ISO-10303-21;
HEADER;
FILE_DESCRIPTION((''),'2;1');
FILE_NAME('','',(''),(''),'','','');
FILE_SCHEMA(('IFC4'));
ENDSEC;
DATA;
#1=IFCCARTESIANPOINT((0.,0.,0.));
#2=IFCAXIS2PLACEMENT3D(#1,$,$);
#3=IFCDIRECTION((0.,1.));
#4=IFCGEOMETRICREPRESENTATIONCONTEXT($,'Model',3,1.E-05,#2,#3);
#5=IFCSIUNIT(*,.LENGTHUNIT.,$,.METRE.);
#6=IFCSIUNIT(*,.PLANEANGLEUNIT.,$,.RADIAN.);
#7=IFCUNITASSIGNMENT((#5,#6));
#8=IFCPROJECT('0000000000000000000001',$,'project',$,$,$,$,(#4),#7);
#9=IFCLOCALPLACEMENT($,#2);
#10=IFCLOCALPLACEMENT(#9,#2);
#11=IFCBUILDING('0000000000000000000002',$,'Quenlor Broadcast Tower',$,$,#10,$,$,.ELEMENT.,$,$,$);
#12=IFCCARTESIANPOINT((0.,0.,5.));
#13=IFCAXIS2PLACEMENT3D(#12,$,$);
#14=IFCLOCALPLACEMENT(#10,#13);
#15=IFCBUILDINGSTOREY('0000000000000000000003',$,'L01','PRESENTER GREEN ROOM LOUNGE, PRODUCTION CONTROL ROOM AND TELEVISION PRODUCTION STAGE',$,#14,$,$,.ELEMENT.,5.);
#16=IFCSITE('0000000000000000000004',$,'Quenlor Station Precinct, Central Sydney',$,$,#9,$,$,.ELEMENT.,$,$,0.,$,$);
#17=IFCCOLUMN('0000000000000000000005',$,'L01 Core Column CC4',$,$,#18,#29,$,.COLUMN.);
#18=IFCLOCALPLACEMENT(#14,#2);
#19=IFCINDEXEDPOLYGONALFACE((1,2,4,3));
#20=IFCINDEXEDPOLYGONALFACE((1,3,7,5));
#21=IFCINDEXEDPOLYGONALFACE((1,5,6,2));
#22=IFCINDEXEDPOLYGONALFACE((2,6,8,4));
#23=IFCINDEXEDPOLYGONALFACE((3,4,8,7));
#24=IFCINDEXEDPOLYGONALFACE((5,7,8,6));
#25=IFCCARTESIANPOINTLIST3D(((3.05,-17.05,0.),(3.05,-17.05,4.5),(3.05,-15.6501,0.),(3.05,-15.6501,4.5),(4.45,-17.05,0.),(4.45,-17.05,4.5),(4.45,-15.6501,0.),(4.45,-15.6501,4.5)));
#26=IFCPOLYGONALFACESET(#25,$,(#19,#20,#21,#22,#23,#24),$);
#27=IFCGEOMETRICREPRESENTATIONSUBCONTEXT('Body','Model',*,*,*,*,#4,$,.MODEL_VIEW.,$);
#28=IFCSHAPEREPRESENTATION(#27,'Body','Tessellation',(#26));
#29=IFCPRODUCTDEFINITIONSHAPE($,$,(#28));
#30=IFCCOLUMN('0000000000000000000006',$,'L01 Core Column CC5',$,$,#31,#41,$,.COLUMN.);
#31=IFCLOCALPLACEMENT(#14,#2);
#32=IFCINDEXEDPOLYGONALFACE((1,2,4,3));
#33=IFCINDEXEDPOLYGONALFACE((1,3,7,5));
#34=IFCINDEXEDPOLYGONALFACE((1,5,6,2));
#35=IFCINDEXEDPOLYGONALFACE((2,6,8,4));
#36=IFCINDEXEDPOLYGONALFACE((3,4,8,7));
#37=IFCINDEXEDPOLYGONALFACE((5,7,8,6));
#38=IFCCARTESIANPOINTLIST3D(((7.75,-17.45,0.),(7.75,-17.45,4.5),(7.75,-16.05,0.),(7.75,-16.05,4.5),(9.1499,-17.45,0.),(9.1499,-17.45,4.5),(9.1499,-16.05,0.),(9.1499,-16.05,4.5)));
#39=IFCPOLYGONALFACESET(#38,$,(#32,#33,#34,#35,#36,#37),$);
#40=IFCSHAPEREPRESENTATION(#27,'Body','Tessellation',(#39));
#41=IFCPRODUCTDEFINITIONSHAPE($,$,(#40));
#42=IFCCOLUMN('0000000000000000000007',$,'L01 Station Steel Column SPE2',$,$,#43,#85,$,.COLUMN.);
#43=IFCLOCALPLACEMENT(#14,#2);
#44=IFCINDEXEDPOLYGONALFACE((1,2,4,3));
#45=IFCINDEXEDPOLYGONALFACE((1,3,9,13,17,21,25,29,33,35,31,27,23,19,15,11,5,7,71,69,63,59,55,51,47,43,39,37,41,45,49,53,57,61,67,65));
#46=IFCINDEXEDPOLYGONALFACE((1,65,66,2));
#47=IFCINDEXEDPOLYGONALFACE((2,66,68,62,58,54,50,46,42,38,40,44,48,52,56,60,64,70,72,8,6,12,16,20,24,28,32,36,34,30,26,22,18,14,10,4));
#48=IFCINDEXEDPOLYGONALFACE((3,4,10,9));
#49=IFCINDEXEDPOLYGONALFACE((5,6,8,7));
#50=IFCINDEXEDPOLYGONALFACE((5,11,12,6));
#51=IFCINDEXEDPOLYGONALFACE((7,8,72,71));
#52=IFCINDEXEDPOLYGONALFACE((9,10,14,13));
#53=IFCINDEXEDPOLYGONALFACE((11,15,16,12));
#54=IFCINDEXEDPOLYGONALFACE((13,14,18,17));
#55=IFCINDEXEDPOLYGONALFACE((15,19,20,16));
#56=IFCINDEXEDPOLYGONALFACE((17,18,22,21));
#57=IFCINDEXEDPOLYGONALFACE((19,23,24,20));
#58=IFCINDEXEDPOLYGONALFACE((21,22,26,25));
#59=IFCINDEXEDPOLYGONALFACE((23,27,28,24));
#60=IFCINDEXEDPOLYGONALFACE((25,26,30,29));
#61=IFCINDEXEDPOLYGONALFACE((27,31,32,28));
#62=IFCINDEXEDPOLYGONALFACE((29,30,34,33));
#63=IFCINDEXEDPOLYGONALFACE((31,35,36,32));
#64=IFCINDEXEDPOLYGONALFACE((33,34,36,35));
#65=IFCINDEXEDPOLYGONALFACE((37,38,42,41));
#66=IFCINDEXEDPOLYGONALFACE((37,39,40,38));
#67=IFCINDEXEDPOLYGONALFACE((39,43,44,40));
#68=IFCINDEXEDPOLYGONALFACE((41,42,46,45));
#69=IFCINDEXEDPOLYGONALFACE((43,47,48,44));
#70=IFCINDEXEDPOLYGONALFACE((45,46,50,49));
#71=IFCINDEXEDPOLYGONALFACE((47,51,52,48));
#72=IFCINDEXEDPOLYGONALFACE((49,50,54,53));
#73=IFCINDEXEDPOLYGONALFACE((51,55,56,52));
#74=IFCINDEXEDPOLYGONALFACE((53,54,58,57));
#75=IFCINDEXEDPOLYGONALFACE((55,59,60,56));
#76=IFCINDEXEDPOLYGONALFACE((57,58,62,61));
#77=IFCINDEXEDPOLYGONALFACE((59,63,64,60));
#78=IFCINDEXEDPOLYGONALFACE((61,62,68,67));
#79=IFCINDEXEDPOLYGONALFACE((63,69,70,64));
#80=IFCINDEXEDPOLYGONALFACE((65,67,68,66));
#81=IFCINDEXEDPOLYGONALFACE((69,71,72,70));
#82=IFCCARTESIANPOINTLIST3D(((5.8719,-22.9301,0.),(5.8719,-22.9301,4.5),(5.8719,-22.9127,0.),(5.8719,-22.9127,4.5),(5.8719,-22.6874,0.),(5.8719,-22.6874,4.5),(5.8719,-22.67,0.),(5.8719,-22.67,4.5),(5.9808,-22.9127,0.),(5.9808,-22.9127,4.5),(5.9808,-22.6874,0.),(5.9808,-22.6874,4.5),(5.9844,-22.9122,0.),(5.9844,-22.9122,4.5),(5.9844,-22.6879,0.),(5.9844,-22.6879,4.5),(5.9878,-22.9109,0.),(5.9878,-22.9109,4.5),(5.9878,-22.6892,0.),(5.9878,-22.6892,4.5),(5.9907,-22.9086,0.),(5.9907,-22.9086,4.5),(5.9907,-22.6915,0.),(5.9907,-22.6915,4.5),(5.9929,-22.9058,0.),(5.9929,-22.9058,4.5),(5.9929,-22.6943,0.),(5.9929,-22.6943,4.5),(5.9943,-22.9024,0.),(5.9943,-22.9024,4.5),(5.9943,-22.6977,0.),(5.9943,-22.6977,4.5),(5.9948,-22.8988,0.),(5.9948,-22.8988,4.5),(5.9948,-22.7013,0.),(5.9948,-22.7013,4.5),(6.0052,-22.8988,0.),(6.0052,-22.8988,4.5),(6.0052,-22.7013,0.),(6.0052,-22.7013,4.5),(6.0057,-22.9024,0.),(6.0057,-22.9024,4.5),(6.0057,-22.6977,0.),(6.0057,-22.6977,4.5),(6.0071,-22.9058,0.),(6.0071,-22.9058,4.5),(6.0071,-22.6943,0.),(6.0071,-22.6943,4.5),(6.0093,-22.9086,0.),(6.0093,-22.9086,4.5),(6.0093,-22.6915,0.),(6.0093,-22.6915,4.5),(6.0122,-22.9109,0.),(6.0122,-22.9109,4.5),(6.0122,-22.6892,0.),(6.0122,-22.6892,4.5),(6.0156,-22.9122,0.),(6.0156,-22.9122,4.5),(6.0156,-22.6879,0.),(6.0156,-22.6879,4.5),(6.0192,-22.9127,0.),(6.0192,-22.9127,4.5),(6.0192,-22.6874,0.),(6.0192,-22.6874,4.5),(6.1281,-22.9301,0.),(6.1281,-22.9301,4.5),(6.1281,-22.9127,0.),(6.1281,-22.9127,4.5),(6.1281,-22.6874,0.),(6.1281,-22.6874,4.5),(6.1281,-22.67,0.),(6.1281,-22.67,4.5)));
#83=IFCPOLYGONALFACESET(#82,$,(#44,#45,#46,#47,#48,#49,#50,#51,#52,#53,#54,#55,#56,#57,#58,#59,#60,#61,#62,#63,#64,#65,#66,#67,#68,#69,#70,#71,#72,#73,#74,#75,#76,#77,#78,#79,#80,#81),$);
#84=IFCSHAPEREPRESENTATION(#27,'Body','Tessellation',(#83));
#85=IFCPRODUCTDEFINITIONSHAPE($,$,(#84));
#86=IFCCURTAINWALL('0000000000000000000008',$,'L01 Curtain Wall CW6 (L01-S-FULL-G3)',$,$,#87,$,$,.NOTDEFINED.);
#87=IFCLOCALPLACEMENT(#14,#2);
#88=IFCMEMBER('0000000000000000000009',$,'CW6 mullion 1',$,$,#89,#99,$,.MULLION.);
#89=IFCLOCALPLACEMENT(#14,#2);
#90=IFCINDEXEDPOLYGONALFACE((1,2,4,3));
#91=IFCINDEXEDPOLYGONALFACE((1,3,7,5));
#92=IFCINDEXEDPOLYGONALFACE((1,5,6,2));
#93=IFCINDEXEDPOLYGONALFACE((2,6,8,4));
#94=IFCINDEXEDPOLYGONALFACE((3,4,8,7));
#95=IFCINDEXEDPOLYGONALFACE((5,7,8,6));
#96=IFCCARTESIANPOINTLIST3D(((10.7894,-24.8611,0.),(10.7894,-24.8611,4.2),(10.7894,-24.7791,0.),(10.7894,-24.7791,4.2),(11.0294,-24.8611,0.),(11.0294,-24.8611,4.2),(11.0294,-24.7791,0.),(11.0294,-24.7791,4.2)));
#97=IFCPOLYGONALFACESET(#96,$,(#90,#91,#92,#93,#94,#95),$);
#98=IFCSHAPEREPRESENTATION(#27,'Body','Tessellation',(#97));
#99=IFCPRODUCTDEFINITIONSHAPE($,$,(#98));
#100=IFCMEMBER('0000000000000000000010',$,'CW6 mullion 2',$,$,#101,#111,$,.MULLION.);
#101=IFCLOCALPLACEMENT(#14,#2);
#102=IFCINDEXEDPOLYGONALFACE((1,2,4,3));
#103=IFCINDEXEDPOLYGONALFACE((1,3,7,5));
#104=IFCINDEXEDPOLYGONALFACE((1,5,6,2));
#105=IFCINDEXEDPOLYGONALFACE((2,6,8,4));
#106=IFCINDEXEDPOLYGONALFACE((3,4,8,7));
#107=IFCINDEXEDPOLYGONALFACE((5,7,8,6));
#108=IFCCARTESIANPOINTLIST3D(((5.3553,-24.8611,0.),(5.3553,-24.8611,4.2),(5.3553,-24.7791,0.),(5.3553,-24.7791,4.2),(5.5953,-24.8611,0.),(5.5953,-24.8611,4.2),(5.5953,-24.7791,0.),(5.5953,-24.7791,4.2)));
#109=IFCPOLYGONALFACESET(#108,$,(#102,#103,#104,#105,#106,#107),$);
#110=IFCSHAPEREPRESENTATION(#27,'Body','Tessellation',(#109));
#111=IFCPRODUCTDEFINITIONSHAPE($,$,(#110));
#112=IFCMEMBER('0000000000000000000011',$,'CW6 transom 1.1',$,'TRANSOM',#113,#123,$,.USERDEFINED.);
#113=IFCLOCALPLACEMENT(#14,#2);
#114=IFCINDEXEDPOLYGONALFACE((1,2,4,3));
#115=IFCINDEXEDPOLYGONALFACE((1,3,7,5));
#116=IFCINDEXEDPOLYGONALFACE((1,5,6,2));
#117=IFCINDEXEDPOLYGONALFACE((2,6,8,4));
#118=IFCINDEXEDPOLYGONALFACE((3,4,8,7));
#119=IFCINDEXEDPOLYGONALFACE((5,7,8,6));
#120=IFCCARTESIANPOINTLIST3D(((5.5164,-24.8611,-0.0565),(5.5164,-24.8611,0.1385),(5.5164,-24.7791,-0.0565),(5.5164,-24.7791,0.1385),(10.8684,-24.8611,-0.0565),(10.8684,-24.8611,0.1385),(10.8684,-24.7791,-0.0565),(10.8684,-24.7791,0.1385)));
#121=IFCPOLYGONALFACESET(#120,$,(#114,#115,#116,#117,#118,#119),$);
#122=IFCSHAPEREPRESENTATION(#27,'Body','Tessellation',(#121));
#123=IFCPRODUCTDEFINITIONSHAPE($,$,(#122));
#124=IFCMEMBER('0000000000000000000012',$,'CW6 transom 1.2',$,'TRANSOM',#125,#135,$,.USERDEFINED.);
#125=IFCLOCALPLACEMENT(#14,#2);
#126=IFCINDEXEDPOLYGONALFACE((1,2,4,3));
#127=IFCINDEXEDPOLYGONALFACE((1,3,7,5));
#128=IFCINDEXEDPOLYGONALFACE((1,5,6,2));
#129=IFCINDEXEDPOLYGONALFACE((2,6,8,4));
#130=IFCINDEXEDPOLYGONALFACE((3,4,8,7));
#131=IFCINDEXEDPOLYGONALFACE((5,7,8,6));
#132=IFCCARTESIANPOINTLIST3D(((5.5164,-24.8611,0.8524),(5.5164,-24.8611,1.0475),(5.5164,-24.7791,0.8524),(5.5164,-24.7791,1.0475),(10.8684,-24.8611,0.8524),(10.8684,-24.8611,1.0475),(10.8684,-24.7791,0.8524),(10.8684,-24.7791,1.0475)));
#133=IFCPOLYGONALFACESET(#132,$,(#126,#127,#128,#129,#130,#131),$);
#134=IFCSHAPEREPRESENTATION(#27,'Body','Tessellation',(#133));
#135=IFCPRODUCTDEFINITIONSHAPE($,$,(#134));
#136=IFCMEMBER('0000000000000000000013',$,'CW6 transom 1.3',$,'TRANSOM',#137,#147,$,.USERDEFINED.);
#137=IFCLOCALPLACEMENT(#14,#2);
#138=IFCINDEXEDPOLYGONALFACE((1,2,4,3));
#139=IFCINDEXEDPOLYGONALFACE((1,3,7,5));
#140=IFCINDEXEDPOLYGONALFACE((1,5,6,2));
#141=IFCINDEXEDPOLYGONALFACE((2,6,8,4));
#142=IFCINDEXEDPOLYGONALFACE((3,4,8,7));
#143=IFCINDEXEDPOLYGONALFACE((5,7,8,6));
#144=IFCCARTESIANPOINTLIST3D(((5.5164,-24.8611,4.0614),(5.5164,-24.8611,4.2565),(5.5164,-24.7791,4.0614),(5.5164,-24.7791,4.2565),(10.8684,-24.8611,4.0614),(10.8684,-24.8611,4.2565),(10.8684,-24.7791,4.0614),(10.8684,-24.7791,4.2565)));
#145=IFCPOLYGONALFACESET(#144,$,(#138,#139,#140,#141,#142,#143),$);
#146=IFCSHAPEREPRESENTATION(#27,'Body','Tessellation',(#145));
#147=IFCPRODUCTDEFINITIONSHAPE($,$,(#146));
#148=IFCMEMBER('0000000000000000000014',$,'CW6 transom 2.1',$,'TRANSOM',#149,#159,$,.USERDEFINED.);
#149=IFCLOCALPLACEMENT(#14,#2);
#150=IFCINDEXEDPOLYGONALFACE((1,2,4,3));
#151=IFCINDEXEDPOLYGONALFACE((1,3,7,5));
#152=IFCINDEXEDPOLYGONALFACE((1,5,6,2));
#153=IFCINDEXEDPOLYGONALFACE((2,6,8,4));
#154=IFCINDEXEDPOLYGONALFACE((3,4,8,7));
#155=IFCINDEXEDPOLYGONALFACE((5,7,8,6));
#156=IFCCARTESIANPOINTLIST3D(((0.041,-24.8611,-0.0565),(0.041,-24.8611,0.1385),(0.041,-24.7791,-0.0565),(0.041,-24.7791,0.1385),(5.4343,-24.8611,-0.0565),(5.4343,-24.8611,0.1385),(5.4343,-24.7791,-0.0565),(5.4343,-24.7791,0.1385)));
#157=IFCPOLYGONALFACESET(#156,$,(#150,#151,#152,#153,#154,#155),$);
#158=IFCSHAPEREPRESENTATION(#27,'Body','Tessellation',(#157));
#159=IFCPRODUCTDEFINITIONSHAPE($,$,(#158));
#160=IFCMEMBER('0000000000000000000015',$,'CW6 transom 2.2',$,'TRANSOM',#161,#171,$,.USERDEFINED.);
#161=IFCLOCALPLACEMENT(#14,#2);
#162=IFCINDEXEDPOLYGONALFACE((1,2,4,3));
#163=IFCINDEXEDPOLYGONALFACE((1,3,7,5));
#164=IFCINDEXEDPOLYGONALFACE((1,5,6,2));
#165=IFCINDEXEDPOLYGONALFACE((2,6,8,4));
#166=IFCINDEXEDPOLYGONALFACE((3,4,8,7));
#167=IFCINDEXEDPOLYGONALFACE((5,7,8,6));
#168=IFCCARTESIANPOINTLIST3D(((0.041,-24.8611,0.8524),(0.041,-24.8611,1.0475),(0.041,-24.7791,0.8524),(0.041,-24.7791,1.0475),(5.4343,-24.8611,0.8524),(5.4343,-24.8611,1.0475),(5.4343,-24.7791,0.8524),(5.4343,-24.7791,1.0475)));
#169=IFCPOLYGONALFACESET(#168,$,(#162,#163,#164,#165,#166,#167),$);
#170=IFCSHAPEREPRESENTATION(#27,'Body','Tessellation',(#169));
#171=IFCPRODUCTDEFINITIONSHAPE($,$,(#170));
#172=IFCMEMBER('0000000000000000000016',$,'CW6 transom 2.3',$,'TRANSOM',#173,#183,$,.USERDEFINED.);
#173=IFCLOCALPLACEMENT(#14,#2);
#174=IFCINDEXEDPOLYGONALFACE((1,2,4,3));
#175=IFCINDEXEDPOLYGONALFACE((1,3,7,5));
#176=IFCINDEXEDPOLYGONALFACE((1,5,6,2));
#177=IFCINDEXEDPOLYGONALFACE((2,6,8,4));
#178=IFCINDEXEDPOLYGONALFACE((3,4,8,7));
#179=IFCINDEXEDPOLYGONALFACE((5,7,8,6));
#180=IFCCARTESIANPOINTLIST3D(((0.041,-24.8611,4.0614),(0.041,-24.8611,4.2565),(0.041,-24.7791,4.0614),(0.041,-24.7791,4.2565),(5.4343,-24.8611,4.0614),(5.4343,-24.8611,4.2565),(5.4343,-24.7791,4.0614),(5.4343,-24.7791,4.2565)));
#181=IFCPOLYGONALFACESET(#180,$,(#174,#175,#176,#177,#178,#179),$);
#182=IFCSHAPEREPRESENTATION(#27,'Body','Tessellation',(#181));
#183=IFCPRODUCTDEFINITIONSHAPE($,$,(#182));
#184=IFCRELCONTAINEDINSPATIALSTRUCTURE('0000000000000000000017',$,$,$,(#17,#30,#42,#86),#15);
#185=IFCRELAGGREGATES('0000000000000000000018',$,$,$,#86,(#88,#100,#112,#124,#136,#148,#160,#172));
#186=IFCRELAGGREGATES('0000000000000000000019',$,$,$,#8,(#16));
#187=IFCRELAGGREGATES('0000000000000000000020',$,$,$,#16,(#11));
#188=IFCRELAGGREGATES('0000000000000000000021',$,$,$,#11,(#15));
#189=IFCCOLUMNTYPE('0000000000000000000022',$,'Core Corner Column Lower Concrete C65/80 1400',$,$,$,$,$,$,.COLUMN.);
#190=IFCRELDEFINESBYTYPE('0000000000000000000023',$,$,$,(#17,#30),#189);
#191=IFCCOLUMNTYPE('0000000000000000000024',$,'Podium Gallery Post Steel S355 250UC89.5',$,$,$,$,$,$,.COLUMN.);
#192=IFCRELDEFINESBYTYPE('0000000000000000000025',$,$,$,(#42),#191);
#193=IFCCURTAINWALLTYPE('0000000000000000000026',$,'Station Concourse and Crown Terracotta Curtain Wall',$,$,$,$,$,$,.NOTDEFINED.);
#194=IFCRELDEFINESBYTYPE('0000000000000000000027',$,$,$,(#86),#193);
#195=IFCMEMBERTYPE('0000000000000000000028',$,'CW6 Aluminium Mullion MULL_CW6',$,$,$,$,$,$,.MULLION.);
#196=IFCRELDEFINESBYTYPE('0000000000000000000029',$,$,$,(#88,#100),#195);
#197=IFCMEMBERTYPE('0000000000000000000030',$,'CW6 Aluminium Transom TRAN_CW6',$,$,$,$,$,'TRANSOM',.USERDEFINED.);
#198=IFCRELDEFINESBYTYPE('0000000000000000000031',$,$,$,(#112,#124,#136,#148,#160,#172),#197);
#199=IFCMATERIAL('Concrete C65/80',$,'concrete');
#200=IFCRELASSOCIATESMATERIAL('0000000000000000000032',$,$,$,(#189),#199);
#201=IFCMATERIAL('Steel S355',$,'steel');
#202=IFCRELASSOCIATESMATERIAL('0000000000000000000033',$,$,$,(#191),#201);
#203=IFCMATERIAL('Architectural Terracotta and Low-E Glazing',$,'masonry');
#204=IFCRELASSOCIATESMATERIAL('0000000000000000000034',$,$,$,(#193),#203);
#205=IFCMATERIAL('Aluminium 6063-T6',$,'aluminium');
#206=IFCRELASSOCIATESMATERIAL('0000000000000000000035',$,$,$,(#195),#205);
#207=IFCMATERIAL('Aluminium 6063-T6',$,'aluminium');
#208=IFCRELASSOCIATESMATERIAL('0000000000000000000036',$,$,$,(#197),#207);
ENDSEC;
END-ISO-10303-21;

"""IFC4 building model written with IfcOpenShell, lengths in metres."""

from ifc_helpers import new_model, si_unit, direction, frame, origin, origin_2d, place, context, subcontext, project, spatial, rectangle, i_section, extrude, material, material_profile, profile_set, type_object, element, aggregate, save


model = new_model("IFC4")

# Units and contexts
model_context = context("Model", 3, precision=1e-05, world=origin(), true_north=direction((0.0, 1.0)))
body_context = subcontext(model_context, "Body", "Model", "MODEL_VIEW")
ifc_project = project(units=[si_unit("LENGTHUNIT", "METRE"), si_unit("PLANEANGLEUNIT", "RADIAN")], contexts=[model_context])

# Site, building, storey
site_placement = place(None, origin())
site = spatial("IfcSite", under=ifc_project, at=site_placement, Name="Quenlor Station Precinct, Central Sydney", CompositionType="ELEMENT", RefElevation=0.0)
building_placement = place(site_placement, origin())
building = spatial("IfcBuilding", under=site, at=building_placement, Name="Quenlor Broadcast Tower", CompositionType="ELEMENT")
storey_placement = place(building_placement, frame((0.0, 0.0, 5.0)))
storey = spatial("IfcBuildingStorey", under=building, at=storey_placement, Name="L01", Description="PRESENTER GREEN ROOM LOUNGE, PRODUCTION CONTROL ROOM AND TELEVISION PRODUCTION STAGE", CompositionType="ELEMENT", Elevation=5.0)

# Columns
ifc_material_1 = material(Name="Concrete C65/80", Category="concrete")
ifc_material_profile_1 = material_profile(ifc_material_1, rectangle(XDim=1.3999, YDim=1.3999, at=origin_2d()))
ifc_profile_set_1 = profile_set([ifc_material_profile_1], Name="Concrete C65/80 RC1400x1400")
column_type_1 = type_object("IfcColumnType", Name="Core Corner Column Lower Concrete C65/80 1400", PredefinedType="COLUMN", material=ifc_profile_set_1)
for number, where, z_axis, x_axis, name in (
    (1, (3.75, -16.3501, 0.0), (0.0, 0.0, 1.0), (1.0, 0.0, 0.0), "L01 Core Column CC4"),
    (2, (8.45, -16.75, 0.0), (0.0, 0.0, 1.0), (1.0, 0.0, 0.0), "L01 Core Column CC5"),
):
    element("IfcColumn", number, at=place(storey_placement, frame(where, z_axis=z_axis, x_axis=x_axis)), inside=storey, type_object=column_type_1, Name=name, PredefinedType="COLUMN", context=body_context, shape_type="SweptSolid", body=[
        extrude(rectangle(XDim=1.3999, YDim=1.3999, at=origin_2d()), origin(), (0.0, 0.0, 1.0), 4.5),
    ])
ifc_material_2 = material(Name="Steel S355", Category="steel")
ifc_material_profile_2 = material_profile(ifc_material_2, i_section(OverallWidth=0.2561, OverallDepth=0.26, WebThickness=0.0105, FlangeThickness=0.0173, FilletRadius=0.0139, at=origin_2d()))
ifc_profile_set_2 = profile_set([ifc_material_profile_2], Name="Steel S355 250UC89.5")
column_type_2 = type_object("IfcColumnType", Name="Podium Gallery Post Steel S355 250UC89.5", PredefinedType="COLUMN", material=ifc_profile_set_2)
column_placement = place(storey_placement, frame((6.0, -22.8, 0.0), z_axis=(0.0, 0.0, 1.0), x_axis=(1.0, 0.0, 0.0)))
element("IfcColumn", 3, at=column_placement, inside=storey, type_object=column_type_2, Name="L01 Station Steel Column SPE2", PredefinedType="COLUMN", context=body_context, shape_type="SweptSolid", body=[
    extrude(i_section(OverallWidth=0.2561, OverallDepth=0.26, WebThickness=0.0105, FlangeThickness=0.0173, FilletRadius=0.0139, at=origin_2d()), origin(), (0.0, 0.0, 1.0), 4.5),
])

# Curtain wall, members
ifc_material_3 = material(Name="Architectural Terracotta and Low-E Glazing", Category="masonry")
curtain_wall_type = type_object("IfcCurtainWallType", Name="Station Concourse and Crown Terracotta Curtain Wall", PredefinedType="NOTDEFINED", material=ifc_material_3)
curtain_wall_placement = place(storey_placement, origin())
curtain_wall = element("IfcCurtainWall", 4, at=curtain_wall_placement, inside=storey, type_object=curtain_wall_type, Name="L01 Curtain Wall CW6 (L01-S-FULL-G3)", PredefinedType="NOTDEFINED")
ifc_material_4 = material(Name="Aluminium 6063-T6", Category="aluminium")
ifc_material_profile_3 = material_profile(ifc_material_4, rectangle(XDim=0.082, YDim=0.24, at=origin_2d()))
ifc_profile_set_3 = profile_set([ifc_material_profile_3], Name="Aluminium 6063-T6 MULL82x240")
member_type_1 = type_object("IfcMemberType", Name="CW6 Aluminium Mullion MULL_CW6", PredefinedType="MULLION", material=ifc_profile_set_3)
member_1_placement = place(storey_placement, frame((10.9094, -24.8201, 0.0), z_axis=(0.0, 0.0, 1.0), x_axis=(0.0, -1.0, 0.0)))
member_1 = element("IfcMember", 5, at=member_1_placement, type_object=member_type_1, Name="CW6 mullion 1", PredefinedType="MULLION", context=body_context, shape_type="SweptSolid", body=[
    extrude(rectangle(XDim=0.082, YDim=0.24, at=origin_2d()), origin(), (0.0, 0.0, 1.0), 4.2),
])
member_2_placement = place(storey_placement, frame((5.4753, -24.8201, 0.0), z_axis=(0.0, 0.0, 1.0), x_axis=(0.0, -1.0, 0.0)))
member_2 = element("IfcMember", 6, at=member_2_placement, type_object=member_type_1, Name="CW6 mullion 2", PredefinedType="MULLION", context=body_context, shape_type="SweptSolid", body=[
    extrude(rectangle(XDim=0.082, YDim=0.24, at=origin_2d()), origin(), (0.0, 0.0, 1.0), 4.2),
])
ifc_material_5 = material(Name="Aluminium 6063-T6", Category="aluminium")
ifc_material_profile_4 = material_profile(ifc_material_5, rectangle(XDim=0.082, YDim=0.1951, at=origin_2d()))
ifc_profile_set_4 = profile_set([ifc_material_profile_4], Name="Aluminium 6063-T6 TRAN82x195")
member_type_2 = type_object("IfcMemberType", Name="CW6 Aluminium Transom TRAN_CW6", ElementType="TRANSOM", PredefinedType="USERDEFINED", material=ifc_profile_set_4)
member_3_placement = place(storey_placement, frame((10.8684, -24.8201, 0.041), z_axis=(-1.0, 0.0, 0.0), x_axis=(0.0, -1.0, 0.0)))
member_3 = element("IfcMember", 7, at=member_3_placement, type_object=member_type_2, Name="CW6 transom 1.1", ObjectType="TRANSOM", PredefinedType="USERDEFINED", context=body_context, shape_type="SweptSolid", body=[
    extrude(rectangle(XDim=0.082, YDim=0.1951, at=origin_2d()), origin(), (0.0, 0.0, 1.0), 5.3521),
])
member_4_placement = place(storey_placement, frame((10.8684, -24.8201, 0.95), z_axis=(-1.0, 0.0, 0.0), x_axis=(0.0, -1.0, 0.0)))
member_4 = element("IfcMember", 8, at=member_4_placement, type_object=member_type_2, Name="CW6 transom 1.2", ObjectType="TRANSOM", PredefinedType="USERDEFINED", context=body_context, shape_type="SweptSolid", body=[
    extrude(rectangle(XDim=0.082, YDim=0.1951, at=origin_2d()), origin(), (0.0, 0.0, 1.0), 5.3521),
])
member_5_placement = place(storey_placement, frame((10.8684, -24.8201, 4.1589), z_axis=(-1.0, 0.0, 0.0), x_axis=(0.0, -1.0, 0.0)))
member_5 = element("IfcMember", 9, at=member_5_placement, type_object=member_type_2, Name="CW6 transom 1.3", ObjectType="TRANSOM", PredefinedType="USERDEFINED", context=body_context, shape_type="SweptSolid", body=[
    extrude(rectangle(XDim=0.082, YDim=0.1951, at=origin_2d()), origin(), (0.0, 0.0, 1.0), 5.3521),
])
member_6_placement = place(storey_placement, frame((5.4343, -24.8201, 0.041), z_axis=(-1.0, 0.0, 0.0), x_axis=(0.0, -1.0, 0.0)))
member_6 = element("IfcMember", 10, at=member_6_placement, type_object=member_type_2, Name="CW6 transom 2.1", ObjectType="TRANSOM", PredefinedType="USERDEFINED", context=body_context, shape_type="SweptSolid", body=[
    extrude(rectangle(XDim=0.082, YDim=0.1951, at=origin_2d()), origin(), (0.0, 0.0, 1.0), 5.3933),
])
member_7_placement = place(storey_placement, frame((5.4343, -24.8201, 0.95), z_axis=(-1.0, 0.0, 0.0), x_axis=(0.0, -1.0, 0.0)))
member_7 = element("IfcMember", 11, at=member_7_placement, type_object=member_type_2, Name="CW6 transom 2.2", ObjectType="TRANSOM", PredefinedType="USERDEFINED", context=body_context, shape_type="SweptSolid", body=[
    extrude(rectangle(XDim=0.082, YDim=0.1951, at=origin_2d()), origin(), (0.0, 0.0, 1.0), 5.3933),
])
member_8_placement = place(storey_placement, frame((5.4343, -24.8201, 4.1589), z_axis=(-1.0, 0.0, 0.0), x_axis=(0.0, -1.0, 0.0)))
member_8 = element("IfcMember", 12, at=member_8_placement, type_object=member_type_2, Name="CW6 transom 2.3", ObjectType="TRANSOM", PredefinedType="USERDEFINED", context=body_context, shape_type="SweptSolid", body=[
    extrude(rectangle(XDim=0.082, YDim=0.1951, at=origin_2d()), origin(), (0.0, 0.0, 1.0), 5.3933),
])

aggregate(curtain_wall, [member_1, member_2, member_3, member_4, member_5, member_6, member_7, member_8])

save(model, "model.ifc")
